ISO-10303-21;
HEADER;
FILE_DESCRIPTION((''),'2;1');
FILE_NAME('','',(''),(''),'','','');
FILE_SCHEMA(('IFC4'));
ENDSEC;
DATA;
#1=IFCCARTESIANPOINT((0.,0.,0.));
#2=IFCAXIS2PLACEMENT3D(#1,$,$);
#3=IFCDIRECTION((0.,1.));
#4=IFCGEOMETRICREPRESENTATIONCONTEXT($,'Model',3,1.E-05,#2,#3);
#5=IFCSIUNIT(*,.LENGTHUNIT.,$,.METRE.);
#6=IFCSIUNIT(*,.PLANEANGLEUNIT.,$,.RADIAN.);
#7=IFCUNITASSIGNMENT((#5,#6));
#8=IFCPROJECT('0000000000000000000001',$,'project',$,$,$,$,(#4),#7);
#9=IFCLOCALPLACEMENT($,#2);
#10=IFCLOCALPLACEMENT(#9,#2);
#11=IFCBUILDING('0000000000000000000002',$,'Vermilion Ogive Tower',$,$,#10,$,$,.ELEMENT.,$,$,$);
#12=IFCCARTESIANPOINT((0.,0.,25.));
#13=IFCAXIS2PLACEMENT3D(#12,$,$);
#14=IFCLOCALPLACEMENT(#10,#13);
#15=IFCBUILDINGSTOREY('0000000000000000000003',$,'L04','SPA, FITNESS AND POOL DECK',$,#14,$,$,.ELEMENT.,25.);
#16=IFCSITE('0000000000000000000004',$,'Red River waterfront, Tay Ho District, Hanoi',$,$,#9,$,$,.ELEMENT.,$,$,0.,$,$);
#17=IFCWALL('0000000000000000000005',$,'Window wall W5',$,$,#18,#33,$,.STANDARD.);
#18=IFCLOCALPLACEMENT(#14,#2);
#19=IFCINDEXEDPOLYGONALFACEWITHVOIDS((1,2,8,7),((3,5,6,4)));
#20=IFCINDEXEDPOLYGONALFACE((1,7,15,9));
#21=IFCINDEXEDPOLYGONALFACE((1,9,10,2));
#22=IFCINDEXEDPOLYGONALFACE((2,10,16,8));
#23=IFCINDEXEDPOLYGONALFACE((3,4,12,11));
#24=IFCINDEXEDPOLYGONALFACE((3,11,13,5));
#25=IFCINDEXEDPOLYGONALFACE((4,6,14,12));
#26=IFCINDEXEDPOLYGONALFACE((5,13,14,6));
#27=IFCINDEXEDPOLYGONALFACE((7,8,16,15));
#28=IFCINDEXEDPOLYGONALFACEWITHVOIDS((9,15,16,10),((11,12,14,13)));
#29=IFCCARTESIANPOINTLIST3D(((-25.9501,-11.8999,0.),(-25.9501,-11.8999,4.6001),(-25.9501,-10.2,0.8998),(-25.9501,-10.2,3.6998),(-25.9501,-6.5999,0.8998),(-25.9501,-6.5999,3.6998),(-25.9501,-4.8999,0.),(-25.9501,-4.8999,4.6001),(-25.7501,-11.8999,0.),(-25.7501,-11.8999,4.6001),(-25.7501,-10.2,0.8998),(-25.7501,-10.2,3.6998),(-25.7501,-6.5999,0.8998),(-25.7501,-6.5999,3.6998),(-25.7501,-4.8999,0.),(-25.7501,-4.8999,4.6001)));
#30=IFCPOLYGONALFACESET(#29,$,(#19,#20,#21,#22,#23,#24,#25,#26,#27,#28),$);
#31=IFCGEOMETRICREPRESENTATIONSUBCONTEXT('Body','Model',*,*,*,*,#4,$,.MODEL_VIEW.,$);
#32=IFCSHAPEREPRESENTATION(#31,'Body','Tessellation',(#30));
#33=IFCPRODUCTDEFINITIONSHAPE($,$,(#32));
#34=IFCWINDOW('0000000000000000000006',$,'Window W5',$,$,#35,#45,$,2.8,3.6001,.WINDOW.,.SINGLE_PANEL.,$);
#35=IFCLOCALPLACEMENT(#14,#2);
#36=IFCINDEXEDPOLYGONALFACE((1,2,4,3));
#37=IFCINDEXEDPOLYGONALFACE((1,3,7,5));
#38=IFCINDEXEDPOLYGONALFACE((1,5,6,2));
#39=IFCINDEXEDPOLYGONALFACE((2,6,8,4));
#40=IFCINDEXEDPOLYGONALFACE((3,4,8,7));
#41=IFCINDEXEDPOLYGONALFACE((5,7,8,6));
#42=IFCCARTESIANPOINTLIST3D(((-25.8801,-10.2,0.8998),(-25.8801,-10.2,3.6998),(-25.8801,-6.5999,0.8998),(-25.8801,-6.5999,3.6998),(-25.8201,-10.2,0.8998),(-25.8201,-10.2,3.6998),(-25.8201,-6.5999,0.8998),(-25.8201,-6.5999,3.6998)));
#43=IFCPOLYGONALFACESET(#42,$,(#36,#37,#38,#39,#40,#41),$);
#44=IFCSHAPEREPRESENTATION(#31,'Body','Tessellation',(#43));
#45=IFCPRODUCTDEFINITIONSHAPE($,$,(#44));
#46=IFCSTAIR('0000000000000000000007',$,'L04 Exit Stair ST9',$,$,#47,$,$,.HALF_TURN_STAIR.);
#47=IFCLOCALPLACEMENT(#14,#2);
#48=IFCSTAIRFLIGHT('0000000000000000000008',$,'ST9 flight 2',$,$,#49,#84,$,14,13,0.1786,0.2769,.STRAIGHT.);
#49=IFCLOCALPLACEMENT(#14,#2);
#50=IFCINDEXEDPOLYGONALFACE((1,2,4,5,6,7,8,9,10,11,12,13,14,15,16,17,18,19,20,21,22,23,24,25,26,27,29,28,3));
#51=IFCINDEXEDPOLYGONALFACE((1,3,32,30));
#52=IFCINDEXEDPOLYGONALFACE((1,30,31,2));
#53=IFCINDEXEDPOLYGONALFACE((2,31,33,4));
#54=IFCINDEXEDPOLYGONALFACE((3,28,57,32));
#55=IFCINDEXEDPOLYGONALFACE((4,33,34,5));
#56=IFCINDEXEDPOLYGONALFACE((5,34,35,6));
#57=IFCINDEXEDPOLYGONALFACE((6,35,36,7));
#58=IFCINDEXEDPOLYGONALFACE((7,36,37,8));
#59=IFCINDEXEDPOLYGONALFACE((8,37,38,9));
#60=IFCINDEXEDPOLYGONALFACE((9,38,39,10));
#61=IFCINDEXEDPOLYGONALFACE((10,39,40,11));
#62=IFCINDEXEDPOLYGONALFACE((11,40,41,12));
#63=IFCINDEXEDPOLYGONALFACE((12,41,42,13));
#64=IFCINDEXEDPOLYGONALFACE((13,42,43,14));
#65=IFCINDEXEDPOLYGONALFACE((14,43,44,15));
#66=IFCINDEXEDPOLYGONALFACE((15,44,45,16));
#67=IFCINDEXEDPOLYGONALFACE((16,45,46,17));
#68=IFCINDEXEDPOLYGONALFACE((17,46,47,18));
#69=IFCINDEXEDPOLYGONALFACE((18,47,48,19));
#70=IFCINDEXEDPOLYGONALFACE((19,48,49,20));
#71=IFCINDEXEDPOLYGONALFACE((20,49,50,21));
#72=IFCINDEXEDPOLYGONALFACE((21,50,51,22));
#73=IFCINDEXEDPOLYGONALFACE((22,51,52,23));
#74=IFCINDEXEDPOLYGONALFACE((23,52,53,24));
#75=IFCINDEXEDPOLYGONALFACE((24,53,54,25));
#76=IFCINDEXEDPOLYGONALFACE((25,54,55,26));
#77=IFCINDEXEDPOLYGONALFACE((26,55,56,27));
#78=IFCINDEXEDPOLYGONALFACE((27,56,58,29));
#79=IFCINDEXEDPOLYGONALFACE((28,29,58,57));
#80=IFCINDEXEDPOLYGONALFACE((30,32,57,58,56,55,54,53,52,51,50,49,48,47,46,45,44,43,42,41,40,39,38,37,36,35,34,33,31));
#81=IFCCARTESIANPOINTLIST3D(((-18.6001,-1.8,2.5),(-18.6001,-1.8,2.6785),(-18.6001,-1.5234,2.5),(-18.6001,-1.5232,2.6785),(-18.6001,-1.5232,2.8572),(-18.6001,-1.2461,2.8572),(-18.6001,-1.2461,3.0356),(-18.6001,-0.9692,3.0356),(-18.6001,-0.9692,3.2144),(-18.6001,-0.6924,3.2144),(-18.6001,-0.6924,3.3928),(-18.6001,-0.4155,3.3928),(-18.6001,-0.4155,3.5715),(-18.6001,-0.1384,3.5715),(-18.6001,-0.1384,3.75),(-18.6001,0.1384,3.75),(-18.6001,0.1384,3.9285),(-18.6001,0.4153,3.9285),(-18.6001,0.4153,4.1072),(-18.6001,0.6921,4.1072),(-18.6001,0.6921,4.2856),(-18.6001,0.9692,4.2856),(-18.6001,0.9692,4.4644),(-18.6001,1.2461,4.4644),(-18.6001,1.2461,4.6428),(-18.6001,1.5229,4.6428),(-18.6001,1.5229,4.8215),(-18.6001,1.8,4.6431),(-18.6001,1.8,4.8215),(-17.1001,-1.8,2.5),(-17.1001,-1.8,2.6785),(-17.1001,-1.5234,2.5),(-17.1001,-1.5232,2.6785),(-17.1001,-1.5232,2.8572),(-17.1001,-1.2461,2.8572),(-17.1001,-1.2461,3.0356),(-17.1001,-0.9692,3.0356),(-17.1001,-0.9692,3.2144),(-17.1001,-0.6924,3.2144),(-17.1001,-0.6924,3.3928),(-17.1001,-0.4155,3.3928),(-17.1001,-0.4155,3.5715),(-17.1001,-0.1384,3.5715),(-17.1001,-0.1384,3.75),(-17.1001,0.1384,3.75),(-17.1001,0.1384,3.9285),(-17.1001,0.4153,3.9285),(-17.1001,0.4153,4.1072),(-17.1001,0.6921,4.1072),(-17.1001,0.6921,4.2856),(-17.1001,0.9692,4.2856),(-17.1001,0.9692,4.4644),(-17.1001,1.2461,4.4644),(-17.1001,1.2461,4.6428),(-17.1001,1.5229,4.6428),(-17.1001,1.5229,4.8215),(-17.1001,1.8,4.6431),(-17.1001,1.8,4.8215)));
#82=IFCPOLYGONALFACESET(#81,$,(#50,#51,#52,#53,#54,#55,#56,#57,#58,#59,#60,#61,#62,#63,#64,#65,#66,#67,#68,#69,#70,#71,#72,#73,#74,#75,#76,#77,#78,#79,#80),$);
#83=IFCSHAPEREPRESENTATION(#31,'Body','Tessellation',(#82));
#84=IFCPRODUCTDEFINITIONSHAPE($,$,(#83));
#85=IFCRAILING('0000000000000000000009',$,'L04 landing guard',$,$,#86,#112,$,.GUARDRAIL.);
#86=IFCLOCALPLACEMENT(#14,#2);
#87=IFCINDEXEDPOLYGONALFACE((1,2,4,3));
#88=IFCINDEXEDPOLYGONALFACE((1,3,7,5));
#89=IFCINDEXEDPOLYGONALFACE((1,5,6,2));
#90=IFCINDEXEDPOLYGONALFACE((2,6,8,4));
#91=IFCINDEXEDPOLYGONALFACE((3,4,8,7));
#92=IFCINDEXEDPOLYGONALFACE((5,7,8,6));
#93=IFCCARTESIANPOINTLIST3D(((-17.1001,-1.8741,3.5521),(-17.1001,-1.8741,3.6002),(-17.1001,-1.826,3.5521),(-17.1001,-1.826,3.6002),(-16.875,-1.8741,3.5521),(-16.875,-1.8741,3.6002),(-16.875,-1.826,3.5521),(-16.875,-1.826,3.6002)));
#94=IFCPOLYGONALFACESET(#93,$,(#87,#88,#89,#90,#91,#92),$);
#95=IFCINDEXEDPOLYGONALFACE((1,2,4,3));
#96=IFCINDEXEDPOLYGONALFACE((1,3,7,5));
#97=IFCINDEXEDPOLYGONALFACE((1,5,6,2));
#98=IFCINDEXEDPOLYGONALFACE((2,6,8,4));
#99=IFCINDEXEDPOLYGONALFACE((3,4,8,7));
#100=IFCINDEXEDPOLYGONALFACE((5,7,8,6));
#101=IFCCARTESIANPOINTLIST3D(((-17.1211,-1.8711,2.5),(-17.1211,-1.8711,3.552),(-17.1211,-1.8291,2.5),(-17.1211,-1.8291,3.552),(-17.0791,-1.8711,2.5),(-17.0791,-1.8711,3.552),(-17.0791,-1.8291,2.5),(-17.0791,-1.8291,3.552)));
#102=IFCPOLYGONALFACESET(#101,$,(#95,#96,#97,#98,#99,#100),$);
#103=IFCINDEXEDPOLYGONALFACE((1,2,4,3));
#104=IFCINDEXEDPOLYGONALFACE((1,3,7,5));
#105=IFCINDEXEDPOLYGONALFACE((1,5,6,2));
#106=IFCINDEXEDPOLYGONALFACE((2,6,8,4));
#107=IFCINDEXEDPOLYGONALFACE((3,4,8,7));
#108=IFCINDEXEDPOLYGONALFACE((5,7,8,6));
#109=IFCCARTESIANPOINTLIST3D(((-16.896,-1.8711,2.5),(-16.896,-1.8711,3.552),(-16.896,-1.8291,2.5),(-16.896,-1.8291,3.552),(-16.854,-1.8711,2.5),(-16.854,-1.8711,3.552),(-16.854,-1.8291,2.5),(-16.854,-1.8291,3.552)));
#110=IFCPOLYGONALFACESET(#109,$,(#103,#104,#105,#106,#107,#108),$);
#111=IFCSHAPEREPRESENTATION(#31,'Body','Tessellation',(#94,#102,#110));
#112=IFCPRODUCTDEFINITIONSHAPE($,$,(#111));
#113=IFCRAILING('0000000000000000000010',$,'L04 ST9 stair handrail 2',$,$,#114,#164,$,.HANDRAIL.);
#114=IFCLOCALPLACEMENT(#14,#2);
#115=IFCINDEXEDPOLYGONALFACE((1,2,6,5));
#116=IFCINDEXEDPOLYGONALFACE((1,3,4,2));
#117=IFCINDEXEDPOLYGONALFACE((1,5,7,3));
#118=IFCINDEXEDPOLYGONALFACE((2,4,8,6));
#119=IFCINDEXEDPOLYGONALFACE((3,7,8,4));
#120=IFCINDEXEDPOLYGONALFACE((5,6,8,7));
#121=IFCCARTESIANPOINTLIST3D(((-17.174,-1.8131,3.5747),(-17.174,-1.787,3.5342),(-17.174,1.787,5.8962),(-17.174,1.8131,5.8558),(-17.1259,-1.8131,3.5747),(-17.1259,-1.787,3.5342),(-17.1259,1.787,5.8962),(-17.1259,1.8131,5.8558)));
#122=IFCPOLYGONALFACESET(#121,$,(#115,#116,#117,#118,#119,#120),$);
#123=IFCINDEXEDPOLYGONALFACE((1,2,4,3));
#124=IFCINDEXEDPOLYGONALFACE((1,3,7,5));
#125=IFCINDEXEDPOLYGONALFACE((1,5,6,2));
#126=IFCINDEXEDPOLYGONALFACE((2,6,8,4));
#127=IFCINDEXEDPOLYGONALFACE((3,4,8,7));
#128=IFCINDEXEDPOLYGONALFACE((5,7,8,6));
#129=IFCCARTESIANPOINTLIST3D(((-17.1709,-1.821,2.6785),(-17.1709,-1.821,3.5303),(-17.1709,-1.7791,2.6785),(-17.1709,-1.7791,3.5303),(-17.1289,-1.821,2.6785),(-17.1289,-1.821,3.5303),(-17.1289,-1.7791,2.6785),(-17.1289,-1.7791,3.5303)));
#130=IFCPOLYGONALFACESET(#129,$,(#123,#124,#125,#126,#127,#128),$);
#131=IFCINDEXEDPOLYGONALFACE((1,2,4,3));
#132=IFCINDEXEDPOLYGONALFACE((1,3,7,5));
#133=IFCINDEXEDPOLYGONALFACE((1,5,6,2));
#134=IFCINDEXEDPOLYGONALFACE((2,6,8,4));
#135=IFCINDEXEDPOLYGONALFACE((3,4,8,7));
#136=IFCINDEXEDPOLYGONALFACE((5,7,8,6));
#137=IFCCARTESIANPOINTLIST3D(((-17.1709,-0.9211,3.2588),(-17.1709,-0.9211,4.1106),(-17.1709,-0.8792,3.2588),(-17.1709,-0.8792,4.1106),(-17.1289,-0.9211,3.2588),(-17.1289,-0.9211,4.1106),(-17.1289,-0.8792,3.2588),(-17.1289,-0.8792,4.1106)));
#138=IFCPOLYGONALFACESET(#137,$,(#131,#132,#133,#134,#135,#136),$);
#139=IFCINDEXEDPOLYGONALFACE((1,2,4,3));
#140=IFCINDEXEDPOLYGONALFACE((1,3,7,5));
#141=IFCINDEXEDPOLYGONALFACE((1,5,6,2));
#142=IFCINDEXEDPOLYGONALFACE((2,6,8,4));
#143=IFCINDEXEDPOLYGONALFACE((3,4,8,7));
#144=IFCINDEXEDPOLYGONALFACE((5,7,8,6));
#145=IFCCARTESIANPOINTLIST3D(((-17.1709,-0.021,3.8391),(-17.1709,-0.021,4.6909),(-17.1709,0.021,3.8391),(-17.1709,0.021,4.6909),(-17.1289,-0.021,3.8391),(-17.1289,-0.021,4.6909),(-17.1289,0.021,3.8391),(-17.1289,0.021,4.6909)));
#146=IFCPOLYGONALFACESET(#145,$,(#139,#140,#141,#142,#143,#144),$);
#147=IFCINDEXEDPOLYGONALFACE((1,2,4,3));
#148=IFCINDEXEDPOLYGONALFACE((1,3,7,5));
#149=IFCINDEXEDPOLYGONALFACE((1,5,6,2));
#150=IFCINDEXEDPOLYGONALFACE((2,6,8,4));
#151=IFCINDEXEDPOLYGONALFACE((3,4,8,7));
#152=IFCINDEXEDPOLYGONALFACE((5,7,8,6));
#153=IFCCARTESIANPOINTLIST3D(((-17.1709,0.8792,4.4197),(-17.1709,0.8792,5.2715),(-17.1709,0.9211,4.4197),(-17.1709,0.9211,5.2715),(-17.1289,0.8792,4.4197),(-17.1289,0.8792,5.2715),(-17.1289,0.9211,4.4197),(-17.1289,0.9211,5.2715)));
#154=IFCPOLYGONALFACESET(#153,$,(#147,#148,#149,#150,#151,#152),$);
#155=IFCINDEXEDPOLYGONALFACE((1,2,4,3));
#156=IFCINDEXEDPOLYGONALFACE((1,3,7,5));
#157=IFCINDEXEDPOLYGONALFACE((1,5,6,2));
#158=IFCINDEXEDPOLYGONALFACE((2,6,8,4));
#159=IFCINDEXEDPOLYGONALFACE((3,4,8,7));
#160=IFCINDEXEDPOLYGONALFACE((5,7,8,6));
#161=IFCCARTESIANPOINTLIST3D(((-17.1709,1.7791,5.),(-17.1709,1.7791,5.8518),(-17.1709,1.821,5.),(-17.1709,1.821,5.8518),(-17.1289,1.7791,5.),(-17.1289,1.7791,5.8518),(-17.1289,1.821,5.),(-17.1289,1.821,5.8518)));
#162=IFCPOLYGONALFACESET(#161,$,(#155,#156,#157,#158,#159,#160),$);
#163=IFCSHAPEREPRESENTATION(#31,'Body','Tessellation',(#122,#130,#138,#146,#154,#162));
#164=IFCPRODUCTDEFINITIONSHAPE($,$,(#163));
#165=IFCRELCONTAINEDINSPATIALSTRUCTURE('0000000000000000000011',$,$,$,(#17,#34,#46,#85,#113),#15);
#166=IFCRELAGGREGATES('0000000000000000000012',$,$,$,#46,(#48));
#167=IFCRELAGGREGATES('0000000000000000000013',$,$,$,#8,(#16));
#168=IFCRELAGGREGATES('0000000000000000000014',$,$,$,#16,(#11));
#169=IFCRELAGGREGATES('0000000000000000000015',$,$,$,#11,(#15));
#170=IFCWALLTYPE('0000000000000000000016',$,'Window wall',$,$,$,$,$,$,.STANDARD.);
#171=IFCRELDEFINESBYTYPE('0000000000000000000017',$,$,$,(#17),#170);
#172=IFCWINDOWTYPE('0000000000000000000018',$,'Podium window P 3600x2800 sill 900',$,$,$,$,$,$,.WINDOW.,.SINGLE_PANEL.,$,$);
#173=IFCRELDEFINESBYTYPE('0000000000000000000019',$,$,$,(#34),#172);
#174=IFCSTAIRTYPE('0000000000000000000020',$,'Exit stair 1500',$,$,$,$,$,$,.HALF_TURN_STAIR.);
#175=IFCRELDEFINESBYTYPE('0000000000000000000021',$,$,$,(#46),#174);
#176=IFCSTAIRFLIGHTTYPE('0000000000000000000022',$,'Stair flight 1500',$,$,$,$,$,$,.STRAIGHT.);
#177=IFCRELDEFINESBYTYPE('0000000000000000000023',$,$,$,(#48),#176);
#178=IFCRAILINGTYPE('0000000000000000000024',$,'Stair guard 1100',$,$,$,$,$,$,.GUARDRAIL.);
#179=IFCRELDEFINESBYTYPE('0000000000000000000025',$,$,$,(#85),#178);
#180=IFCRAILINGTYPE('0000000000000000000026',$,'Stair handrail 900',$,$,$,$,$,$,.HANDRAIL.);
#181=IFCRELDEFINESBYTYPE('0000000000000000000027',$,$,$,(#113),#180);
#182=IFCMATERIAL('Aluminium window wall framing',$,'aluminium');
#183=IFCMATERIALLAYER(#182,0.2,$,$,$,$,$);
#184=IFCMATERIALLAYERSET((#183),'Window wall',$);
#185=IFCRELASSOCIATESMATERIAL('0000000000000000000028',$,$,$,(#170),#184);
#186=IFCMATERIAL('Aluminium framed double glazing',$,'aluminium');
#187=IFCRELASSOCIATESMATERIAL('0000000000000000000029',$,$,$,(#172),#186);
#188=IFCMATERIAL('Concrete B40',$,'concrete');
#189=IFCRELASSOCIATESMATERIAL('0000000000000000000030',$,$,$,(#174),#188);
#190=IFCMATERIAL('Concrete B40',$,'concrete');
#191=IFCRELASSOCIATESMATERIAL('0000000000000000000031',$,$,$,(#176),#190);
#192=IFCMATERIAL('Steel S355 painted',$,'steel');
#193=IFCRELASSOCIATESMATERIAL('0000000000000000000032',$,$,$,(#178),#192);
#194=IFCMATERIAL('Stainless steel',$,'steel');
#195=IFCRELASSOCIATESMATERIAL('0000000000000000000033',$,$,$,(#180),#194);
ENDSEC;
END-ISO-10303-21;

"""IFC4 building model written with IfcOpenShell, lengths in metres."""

from ifc_helpers import new_model, si_unit, direction, frame, frame_2d, origin, origin_2d, place, context, subcontext, project, spatial, polyline, rectangle, outline, extrude, material, layer, layer_set, type_object, element, fill, aggregate, save


model = new_model("IFC4")

# Units and contexts
model_context = context("Model", 3, precision=1e-05, world=origin(), true_north=direction((0.0, 1.0)))
body_context = subcontext(model_context, "Body", "Model", "MODEL_VIEW")
ifc_project = project(units=[si_unit("LENGTHUNIT", "METRE"), si_unit("PLANEANGLEUNIT", "RADIAN")], contexts=[model_context])

# Site, building, storey
site_placement = place(None, origin())
site = spatial("IfcSite", under=ifc_project, at=site_placement, Name="Red River waterfront, Tay Ho District, Hanoi", CompositionType="ELEMENT", RefElevation=0.0)
building_placement = place(site_placement, origin())
building = spatial("IfcBuilding", under=site, at=building_placement, Name="Vermilion Ogive Tower", CompositionType="ELEMENT")
storey_placement = place(building_placement, frame((0.0, 0.0, 25.0)))
storey = spatial("IfcBuildingStorey", under=building, at=storey_placement, Name="L04", Description="SPA, FITNESS AND POOL DECK", CompositionType="ELEMENT", Elevation=25.0)

# Wall, opening, window
ifc_material_1 = material(Name="Aluminium window wall framing", Category="aluminium")
ifc_layer_1 = layer(ifc_material_1, 0.2)
ifc_layer_set_1 = layer_set([ifc_layer_1], Name="Window wall")
wall_type_1 = type_object("IfcWallType", Name="Window wall", PredefinedType="STANDARD", material=ifc_layer_set_1)
wall_1_placement = place(storey_placement, frame((-25.8501, -4.8999, 0.0), z_axis=(0.0, 0.0, 1.0), x_axis=(0.0, -1.0, 0.0)))
wall_1 = element("IfcWall", 1, at=wall_1_placement, inside=storey, type_object=wall_type_1, Name="Window wall W5", PredefinedType="STANDARD", context=body_context, shape_type="SweptSolid", body=[
    extrude(rectangle(XDim=7.0, YDim=0.2, at=frame_2d((3.5, 0.0))), origin(), (0.0, 0.0, 1.0), 4.6001),
])
opening_1_placement = place(wall_1_placement, frame((1.7, 0.0, 0.8999)))
opening_1 = element("IfcOpeningElement", 2, at=opening_1_placement, cuts=wall_1, PredefinedType="OPENING", context=body_context, shape_type="SweptSolid", body=[
    extrude(rectangle(XDim=3.6001, YDim=2.8, at=frame_2d((1.8, 1.3999))), frame((0.0, 0.1099, 0.0), z_axis=(0.0, -1.0, 0.0), x_axis=(1.0, 0.0, 0.0)), (0.0, 0.0, 1.0), 0.22),
])
ifc_material_2 = material(Name="Aluminium framed double glazing", Category="aluminium")
window_type = type_object("IfcWindowType", Name="Podium window P 3600x2800 sill 900", PartitioningType="SINGLE_PANEL", PredefinedType="WINDOW", material=ifc_material_2)
window_placement = place(opening_1_placement, origin())
window = element("IfcWindow", 3, at=window_placement, inside=storey, type_object=window_type, Name="Window W5", OverallHeight=2.8, OverallWidth=3.6001, PartitioningType="SINGLE_PANEL", PredefinedType="WINDOW", context=body_context, shape_type="SweptSolid", body=[
    extrude(rectangle(XDim=3.6001, YDim=2.8, at=frame_2d((1.8, 1.3999))), frame((0.0, 0.03, 0.0), z_axis=(0.0, -1.0, 0.0), x_axis=(1.0, 0.0, 0.0)), (0.0, 0.0, 1.0), 0.0601),
])
fill(opening_1, window)

# Stair, stair flight
ifc_material_3 = material(Name="Concrete B40", Category="concrete")
stair_type = type_object("IfcStairType", Name="Exit stair 1500", PredefinedType="HALF_TURN_STAIR", material=ifc_material_3)
stair_placement = place(storey_placement, origin())
stair = element("IfcStair", 4, at=stair_placement, inside=storey, type_object=stair_type, Name="L04 Exit Stair ST9", PredefinedType="HALF_TURN_STAIR")
ifc_material_4 = material(Name="Concrete B40", Category="concrete")
stair_flight_type = type_object("IfcStairFlightType", Name="Stair flight 1500", PredefinedType="STRAIGHT", material=ifc_material_4)
stair_flight_placement = place(storey_placement, frame((-17.8501, -1.8, 2.5), z_axis=(0.0, 0.0, 1.0), x_axis=(0.0, 1.0, 0.0)))
stair_flight = element("IfcStairFlight", 5, at=stair_flight_placement, type_object=stair_flight_type, Name="ST9 flight 2", NumberOfRisers=14, NumberOfTreads=13, PredefinedType="STRAIGHT", RiserHeight=0.1786, TreadLength=0.2769, context=body_context, shape_type="SweptSolid", body=[
    extrude(outline(polyline([(0.0, 0.0), (0.0, 0.1785), (0.2769, 0.1785), (0.2769, 0.3572), (0.554, 0.3572), (0.554, 0.5356), (0.8308, 0.5356), (0.8308, 0.7144), (1.1077, 0.7144), (1.1077, 0.8928), (1.3845, 0.8928), (1.3845, 1.0715), (1.6616, 1.0715), (1.6616, 1.25), (1.9385, 1.25), (1.9385, 1.4285), (2.2153, 1.4285), (2.2153, 1.6072), (2.4922, 1.6072), (2.4922, 1.7856), (2.7693, 1.7856), (2.7693, 1.9644), (3.0461, 1.9644), (3.0461, 2.1428), (3.323, 2.1428), (3.323, 2.3215), (3.6001, 2.3215), (3.6001, 2.5), (3.6001, 2.1431), (0.2766, 0.0), (0.0, 0.0)])), frame((0.0, 0.75, 0.0), z_axis=(0.0, -1.0, 0.0), x_axis=(1.0, 0.0, 0.0)), (0.0, 0.0, 1.0), 1.5),
])
aggregate(stair, [stair_flight])

# Railings
ifc_material_5 = material(Name="Steel S355 painted", Category="steel")
railing_type_1 = type_object("IfcRailingType", Name="Stair guard 1100", PredefinedType="GUARDRAIL", material=ifc_material_5)
railing_1_placement = place(storey_placement, frame((-17.1001, -1.8501, 2.5)))
element("IfcRailing", 6, at=railing_1_placement, inside=storey, type_object=railing_type_1, Name="L04 landing guard", PredefinedType="GUARDRAIL", context=body_context, shape_type="SweptSolid", body=[
    extrude(rectangle(XDim=0.0481, YDim=0.0481, at=origin_2d()), frame((0.0, 0.0, 1.0762), z_axis=(1.0, 0.0, 0.0), x_axis=(0.0, 1.0, 0.0)), (0.0, 0.0, 1.0), 0.2251),
    extrude(rectangle(XDim=0.042, YDim=0.042, at=origin_2d()), origin(), (0.0, 0.0, 1.0), 1.052),
    extrude(rectangle(XDim=0.042, YDim=0.042, at=origin_2d()), frame((0.2251, 0.0, 0.0)), (0.0, 0.0, 1.0), 1.052),
])
ifc_material_6 = material(Name="Stainless steel", Category="steel")
railing_type_2 = type_object("IfcRailingType", Name="Stair handrail 900", PredefinedType="HANDRAIL", material=ifc_material_6)
railing_2_placement = place(storey_placement, frame((-17.1499, -1.8, 2.6785)))
element("IfcRailing", 7, at=railing_2_placement, inside=storey, type_object=railing_type_2, Name="L04 ST9 stair handrail 2", PredefinedType="HANDRAIL", context=body_context, shape_type="SweptSolid", body=[
    extrude(rectangle(XDim=0.0481, YDim=0.0481, at=origin_2d()), frame((0.0, 0.0, 0.876), z_axis=(0.0, 0.840415, 0.541944), x_axis=(-1.0, 0.0, 0.0)), (0.0, 0.0, 1.0), 4.2837),
    extrude(rectangle(XDim=0.042, YDim=0.042, at=origin_2d()), origin(), (0.0, 0.0, 1.0), 0.8518),
    extrude(rectangle(XDim=0.042, YDim=0.042, at=origin_2d()), frame((0.0, 0.8999, 0.5803)), (0.0, 0.0, 1.0), 0.8518),
    extrude(rectangle(XDim=0.042, YDim=0.042, at=origin_2d()), frame((0.0, 1.8, 1.1606)), (0.0, 0.0, 1.0), 0.8518),
    extrude(rectangle(XDim=0.042, YDim=0.042, at=origin_2d()), frame((0.0, 2.7002, 1.7412)), (0.0, 0.0, 1.0), 0.8518),
    extrude(rectangle(XDim=0.042, YDim=0.042, at=origin_2d()), frame((0.0, 3.6001, 2.3215)), (0.0, 0.0, 1.0), 0.8518),
])

save(model, "model.ifc")
